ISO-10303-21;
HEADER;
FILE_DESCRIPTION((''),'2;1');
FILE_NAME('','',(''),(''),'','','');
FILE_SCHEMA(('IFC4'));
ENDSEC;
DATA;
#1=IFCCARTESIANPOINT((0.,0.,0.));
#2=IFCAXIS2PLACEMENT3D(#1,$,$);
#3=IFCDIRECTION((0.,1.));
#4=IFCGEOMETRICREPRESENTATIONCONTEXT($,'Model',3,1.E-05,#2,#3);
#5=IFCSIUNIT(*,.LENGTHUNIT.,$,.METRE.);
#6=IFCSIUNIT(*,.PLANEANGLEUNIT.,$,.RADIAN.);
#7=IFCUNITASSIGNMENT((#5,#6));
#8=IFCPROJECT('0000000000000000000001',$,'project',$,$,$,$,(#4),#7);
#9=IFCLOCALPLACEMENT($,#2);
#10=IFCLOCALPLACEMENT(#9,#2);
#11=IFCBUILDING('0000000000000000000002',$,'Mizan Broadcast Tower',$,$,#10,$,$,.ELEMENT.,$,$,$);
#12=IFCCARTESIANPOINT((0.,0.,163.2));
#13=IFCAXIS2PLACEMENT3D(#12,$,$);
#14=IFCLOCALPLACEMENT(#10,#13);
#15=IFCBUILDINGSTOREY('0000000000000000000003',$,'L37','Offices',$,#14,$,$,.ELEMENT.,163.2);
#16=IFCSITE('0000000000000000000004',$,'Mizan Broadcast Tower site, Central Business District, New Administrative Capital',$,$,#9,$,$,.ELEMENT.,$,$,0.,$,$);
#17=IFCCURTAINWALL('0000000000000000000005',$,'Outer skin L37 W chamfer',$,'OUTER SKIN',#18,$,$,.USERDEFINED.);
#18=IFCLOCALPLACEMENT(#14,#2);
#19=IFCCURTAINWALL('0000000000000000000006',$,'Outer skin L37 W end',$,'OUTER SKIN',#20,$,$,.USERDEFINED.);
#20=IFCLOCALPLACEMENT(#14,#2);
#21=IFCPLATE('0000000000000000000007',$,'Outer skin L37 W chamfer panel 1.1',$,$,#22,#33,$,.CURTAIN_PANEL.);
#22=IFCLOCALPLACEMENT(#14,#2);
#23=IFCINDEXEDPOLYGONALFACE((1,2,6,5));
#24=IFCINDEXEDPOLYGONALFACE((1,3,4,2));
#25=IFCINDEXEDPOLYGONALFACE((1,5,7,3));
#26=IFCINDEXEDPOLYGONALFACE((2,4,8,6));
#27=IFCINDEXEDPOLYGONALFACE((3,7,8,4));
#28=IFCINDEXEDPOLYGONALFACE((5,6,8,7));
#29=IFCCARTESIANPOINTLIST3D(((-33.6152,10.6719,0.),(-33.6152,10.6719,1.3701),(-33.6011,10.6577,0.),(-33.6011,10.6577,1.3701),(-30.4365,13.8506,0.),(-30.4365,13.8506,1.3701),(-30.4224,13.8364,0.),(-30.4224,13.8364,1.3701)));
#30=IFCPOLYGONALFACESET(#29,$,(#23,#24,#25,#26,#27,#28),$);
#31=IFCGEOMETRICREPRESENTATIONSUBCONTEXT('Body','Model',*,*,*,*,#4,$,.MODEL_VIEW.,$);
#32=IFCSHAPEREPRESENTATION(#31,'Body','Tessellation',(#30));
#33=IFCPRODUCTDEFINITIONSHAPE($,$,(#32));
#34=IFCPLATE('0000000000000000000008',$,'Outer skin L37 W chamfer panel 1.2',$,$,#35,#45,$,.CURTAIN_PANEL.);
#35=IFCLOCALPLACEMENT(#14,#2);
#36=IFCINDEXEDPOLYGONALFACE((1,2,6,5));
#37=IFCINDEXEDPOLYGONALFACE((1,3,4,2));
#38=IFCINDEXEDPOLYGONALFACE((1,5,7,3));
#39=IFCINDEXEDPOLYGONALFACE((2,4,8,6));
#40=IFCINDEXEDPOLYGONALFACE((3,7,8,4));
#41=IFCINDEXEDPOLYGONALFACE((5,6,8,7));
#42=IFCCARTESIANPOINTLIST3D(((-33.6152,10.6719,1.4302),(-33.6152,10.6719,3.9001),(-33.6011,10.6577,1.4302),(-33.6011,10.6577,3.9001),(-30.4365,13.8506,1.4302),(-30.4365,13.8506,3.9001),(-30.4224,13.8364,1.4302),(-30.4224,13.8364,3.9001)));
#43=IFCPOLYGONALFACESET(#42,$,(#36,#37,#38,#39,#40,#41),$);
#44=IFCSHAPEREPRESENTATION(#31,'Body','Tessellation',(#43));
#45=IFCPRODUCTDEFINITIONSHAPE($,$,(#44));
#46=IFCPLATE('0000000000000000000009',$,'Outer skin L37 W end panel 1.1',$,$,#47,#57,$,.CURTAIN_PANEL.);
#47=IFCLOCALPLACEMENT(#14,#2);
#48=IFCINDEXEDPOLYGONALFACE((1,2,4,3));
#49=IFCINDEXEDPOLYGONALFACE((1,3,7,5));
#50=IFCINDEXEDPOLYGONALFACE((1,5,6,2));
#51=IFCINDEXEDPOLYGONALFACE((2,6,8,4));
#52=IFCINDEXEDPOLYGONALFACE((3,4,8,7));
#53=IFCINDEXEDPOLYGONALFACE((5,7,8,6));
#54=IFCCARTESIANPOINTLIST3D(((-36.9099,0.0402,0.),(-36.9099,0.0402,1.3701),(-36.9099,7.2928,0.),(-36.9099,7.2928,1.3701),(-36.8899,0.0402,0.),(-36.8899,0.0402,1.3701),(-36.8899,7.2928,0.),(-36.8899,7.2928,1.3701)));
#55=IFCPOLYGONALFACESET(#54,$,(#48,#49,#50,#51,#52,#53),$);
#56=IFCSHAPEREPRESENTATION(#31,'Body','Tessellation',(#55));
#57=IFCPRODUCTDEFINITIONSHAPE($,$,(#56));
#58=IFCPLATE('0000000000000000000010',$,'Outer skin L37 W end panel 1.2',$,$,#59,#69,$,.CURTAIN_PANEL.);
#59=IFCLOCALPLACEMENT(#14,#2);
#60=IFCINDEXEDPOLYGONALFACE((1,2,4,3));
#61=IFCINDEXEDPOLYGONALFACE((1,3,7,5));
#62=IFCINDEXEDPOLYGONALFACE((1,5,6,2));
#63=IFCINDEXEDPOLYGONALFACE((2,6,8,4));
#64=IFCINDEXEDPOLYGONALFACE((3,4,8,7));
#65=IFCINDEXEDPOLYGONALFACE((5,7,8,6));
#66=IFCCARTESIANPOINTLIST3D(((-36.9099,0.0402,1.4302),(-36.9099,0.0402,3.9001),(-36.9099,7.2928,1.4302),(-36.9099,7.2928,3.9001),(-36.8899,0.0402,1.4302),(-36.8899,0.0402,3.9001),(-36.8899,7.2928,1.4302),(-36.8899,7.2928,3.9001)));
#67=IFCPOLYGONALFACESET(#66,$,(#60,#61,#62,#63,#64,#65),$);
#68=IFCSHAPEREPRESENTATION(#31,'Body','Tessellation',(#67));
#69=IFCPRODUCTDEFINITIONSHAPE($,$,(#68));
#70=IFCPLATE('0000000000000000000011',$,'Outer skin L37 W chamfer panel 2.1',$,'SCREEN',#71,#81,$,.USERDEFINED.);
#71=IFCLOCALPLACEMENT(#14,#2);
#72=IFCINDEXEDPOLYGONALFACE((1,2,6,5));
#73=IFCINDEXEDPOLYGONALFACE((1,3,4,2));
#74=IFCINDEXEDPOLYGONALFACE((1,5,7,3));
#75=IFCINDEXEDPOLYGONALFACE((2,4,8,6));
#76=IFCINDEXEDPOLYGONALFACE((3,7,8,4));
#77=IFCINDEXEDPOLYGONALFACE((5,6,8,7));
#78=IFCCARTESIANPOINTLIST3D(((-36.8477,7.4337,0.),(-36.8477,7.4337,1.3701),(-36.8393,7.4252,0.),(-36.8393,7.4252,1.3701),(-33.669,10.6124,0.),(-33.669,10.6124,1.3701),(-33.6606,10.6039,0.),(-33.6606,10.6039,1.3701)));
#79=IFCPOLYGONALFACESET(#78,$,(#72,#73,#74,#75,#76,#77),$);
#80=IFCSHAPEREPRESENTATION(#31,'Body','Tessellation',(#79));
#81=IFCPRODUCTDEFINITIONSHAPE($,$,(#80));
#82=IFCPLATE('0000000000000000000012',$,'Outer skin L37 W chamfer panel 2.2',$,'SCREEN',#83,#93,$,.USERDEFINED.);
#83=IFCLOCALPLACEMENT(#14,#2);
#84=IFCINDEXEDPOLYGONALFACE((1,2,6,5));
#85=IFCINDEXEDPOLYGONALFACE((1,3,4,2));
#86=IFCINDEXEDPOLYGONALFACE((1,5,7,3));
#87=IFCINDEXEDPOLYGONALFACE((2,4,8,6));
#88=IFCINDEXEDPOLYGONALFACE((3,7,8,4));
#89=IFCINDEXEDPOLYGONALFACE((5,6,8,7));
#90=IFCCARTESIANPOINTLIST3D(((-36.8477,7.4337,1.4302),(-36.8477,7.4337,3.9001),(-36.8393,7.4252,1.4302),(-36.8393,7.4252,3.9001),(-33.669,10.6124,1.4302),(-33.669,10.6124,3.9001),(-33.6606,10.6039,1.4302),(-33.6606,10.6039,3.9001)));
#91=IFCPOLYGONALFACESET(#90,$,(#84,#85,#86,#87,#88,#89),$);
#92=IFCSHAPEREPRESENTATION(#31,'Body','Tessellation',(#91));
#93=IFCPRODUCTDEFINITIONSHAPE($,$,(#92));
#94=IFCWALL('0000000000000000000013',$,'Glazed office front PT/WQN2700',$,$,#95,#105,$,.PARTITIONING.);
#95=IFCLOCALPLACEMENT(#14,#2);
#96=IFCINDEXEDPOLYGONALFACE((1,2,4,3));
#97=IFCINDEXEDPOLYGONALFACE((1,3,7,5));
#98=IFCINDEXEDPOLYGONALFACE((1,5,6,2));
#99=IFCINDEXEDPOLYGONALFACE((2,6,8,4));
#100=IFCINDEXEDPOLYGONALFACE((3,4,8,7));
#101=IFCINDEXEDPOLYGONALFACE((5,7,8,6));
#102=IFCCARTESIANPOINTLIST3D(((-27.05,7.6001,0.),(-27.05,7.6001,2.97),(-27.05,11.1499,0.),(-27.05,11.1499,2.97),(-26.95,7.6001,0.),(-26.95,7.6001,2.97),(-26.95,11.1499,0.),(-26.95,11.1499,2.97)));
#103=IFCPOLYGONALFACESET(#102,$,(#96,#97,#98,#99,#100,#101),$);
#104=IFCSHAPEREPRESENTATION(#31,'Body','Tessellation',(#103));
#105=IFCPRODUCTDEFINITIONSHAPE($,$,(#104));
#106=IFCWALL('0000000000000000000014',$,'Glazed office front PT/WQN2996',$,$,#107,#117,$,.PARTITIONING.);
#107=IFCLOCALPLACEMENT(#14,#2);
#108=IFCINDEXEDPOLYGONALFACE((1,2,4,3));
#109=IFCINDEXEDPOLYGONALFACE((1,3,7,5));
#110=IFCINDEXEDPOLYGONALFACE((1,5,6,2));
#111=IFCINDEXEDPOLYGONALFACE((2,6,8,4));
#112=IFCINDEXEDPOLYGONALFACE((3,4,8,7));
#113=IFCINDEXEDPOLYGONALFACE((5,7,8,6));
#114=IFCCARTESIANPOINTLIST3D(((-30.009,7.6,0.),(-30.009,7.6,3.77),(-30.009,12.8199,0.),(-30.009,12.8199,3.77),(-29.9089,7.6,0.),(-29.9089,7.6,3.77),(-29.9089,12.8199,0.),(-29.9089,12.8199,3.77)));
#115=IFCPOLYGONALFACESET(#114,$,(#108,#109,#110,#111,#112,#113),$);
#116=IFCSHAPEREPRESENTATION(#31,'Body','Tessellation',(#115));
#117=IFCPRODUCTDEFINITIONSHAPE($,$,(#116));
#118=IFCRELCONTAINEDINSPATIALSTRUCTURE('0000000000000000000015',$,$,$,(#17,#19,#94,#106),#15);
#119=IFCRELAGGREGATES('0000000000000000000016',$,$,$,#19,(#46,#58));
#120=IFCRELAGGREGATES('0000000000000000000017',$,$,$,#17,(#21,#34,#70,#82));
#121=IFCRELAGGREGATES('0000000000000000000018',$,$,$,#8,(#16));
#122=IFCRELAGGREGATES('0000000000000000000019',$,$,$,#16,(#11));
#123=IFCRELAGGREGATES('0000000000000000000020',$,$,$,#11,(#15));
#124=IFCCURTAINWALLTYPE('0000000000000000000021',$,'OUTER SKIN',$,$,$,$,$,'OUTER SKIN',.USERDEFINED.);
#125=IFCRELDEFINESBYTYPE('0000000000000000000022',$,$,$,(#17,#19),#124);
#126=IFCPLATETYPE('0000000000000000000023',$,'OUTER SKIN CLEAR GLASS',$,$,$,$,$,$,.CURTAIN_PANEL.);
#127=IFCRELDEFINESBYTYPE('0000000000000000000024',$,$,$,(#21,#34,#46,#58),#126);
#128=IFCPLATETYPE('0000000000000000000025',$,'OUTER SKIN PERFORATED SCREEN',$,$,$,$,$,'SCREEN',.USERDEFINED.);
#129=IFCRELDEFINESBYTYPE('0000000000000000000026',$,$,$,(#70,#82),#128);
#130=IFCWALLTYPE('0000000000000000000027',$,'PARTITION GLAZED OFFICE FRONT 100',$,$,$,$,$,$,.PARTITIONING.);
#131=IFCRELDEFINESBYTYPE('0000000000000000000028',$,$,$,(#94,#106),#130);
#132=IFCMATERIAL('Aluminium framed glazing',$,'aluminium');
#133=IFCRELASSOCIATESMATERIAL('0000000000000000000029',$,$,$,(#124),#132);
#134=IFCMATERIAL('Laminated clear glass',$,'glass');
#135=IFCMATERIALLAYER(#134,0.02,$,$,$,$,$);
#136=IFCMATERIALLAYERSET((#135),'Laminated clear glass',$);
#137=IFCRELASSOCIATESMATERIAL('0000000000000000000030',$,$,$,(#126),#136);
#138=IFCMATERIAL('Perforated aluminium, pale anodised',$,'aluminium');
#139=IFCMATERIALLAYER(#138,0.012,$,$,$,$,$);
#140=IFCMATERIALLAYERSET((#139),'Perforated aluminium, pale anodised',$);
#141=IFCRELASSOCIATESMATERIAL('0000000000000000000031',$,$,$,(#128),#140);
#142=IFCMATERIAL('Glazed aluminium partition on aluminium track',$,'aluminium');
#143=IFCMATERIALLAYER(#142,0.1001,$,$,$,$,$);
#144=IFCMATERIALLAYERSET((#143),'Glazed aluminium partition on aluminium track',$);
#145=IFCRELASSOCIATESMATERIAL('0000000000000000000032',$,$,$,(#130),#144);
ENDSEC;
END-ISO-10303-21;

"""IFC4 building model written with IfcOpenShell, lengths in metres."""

from ifc_helpers import new_model, si_unit, direction, frame, frame_2d, origin, origin_2d, place, context, subcontext, project, spatial, rectangle, extrude, material, layer, layer_set, type_object, element, aggregate, save


model = new_model("IFC4")

# Units and contexts
model_context = context("Model", 3, precision=1e-05, world=origin(), true_north=direction((0.0, 1.0)))
body_context = subcontext(model_context, "Body", "Model", "MODEL_VIEW")
ifc_project = project(units=[si_unit("LENGTHUNIT", "METRE"), si_unit("PLANEANGLEUNIT", "RADIAN")], contexts=[model_context])

# Site, building, storey
site_placement = place(None, origin())
site = spatial("IfcSite", under=ifc_project, at=site_placement, Name="Mizan Broadcast Tower site, Central Business District, New Administrative Capital", CompositionType="ELEMENT", RefElevation=0.0)
building_placement = place(site_placement, origin())
building = spatial("IfcBuilding", under=site, at=building_placement, Name="Mizan Broadcast Tower", CompositionType="ELEMENT")
storey_placement = place(building_placement, frame((0.0, 0.0, 163.2)))
storey = spatial("IfcBuildingStorey", under=building, at=storey_placement, Name="L37", Description="Offices", CompositionType="ELEMENT", Elevation=163.2)

# Shared definitions
ifc_material_1 = material(Name="Aluminium framed glazing", Category="aluminium")
curtain_wall_type_1 = type_object("IfcCurtainWallType", Name="OUTER SKIN", ElementType="OUTER SKIN", PredefinedType="USERDEFINED", material=ifc_material_1)

# Curtain wall
curtain_wall_1_placement = place(storey_placement, origin())
curtain_wall_1 = element("IfcCurtainWall", 1, at=curtain_wall_1_placement, inside=storey, type_object=curtain_wall_type_1, Name="Outer skin L37 W chamfer", ObjectType="OUTER SKIN", PredefinedType="USERDEFINED")

# Curtain wall
curtain_wall_2_placement = place(storey_placement, origin())
curtain_wall_2 = element("IfcCurtainWall", 2, at=curtain_wall_2_placement, inside=storey, type_object=curtain_wall_type_1, Name="Outer skin L37 W end", ObjectType="OUTER SKIN", PredefinedType="USERDEFINED")

# Plates
ifc_material_2 = material(Name="Laminated clear glass", Category="glass")
ifc_layer_1 = layer(ifc_material_2, 0.02)
ifc_layer_set_1 = layer_set([ifc_layer_1], Name="Laminated clear glass")
plate_type_1 = type_object("IfcPlateType", Name="OUTER SKIN CLEAR GLASS", PredefinedType="CURTAIN_PANEL", material=ifc_layer_set_1)
plate_1_placement = place(storey_placement, frame((-32.0188, 12.2542, 0.0), z_axis=(0.0, 0.0, 1.0), x_axis=(-0.707107, -0.707107, 0.0)))
plate_1 = element("IfcPlate", 3, at=plate_1_placement, type_object=plate_type_1, Name="Outer skin L37 W chamfer panel 1.1", PredefinedType="CURTAIN_PANEL", context=body_context, shape_type="SweptSolid", body=[
    extrude(rectangle(XDim=4.4954, YDim=0.02, at=origin_2d()), origin(), (0.0, 0.0, 1.0), 1.3701),
])
plate_2_placement = place(storey_placement, frame((-32.0188, 12.2542, 1.4302), z_axis=(0.0, 0.0, 1.0), x_axis=(-0.707107, -0.707107, 0.0)))
plate_2 = element("IfcPlate", 4, at=plate_2_placement, type_object=plate_type_1, Name="Outer skin L37 W chamfer panel 1.2", PredefinedType="CURTAIN_PANEL", context=body_context, shape_type="SweptSolid", body=[
    extrude(rectangle(XDim=4.4954, YDim=0.02, at=origin_2d()), origin(), (0.0, 0.0, 1.0), 2.47),
])
plate_3_placement = place(storey_placement, frame((-36.8999, 3.6665, 0.0), z_axis=(0.0, 0.0, 1.0), x_axis=(0.0, -1.0, 0.0)))
plate_3 = element("IfcPlate", 5, at=plate_3_placement, type_object=plate_type_1, Name="Outer skin L37 W end panel 1.1", PredefinedType="CURTAIN_PANEL", context=body_context, shape_type="SweptSolid", body=[
    extrude(rectangle(XDim=7.2527, YDim=0.02, at=origin_2d()), origin(), (0.0, 0.0, 1.0), 1.3701),
])
plate_4_placement = place(storey_placement, frame((-36.8999, 3.6665, 1.4302), z_axis=(0.0, 0.0, 1.0), x_axis=(0.0, -1.0, 0.0)))
plate_4 = element("IfcPlate", 6, at=plate_4_placement, type_object=plate_type_1, Name="Outer skin L37 W end panel 1.2", PredefinedType="CURTAIN_PANEL", context=body_context, shape_type="SweptSolid", body=[
    extrude(rectangle(XDim=7.2527, YDim=0.02, at=origin_2d()), origin(), (0.0, 0.0, 1.0), 2.47),
])
aggregate(curtain_wall_2, [plate_3, plate_4])
ifc_material_3 = material(Name="Perforated aluminium, pale anodised", Category="aluminium")
ifc_layer_2 = layer(ifc_material_3, 0.012)
ifc_layer_set_2 = layer_set([ifc_layer_2], Name="Perforated aluminium, pale anodised")
plate_type_2 = type_object("IfcPlateType", Name="OUTER SKIN PERFORATED SCREEN", ElementType="SCREEN", PredefinedType="USERDEFINED", material=ifc_layer_set_2)
plate_5_placement = place(storey_placement, frame((-35.2542, 9.0188, 0.0), z_axis=(0.0, 0.0, 1.0), x_axis=(-0.707107, -0.707107, 0.0)))
plate_5 = element("IfcPlate", 7, at=plate_5_placement, type_object=plate_type_2, Name="Outer skin L37 W chamfer panel 2.1", ObjectType="SCREEN", PredefinedType="USERDEFINED", context=body_context, shape_type="SweptSolid", body=[
    extrude(rectangle(XDim=4.4954, YDim=0.012, at=origin_2d()), origin(), (0.0, 0.0, 1.0), 1.3701),
])
plate_6_placement = place(storey_placement, frame((-35.2542, 9.0188, 1.4302), z_axis=(0.0, 0.0, 1.0), x_axis=(-0.707107, -0.707107, 0.0)))
plate_6 = element("IfcPlate", 8, at=plate_6_placement, type_object=plate_type_2, Name="Outer skin L37 W chamfer panel 2.2", ObjectType="SCREEN", PredefinedType="USERDEFINED", context=body_context, shape_type="SweptSolid", body=[
    extrude(rectangle(XDim=4.4954, YDim=0.012, at=origin_2d()), origin(), (0.0, 0.0, 1.0), 2.47),
])
aggregate(curtain_wall_1, [plate_1, plate_2, plate_5, plate_6])

# Walls
ifc_material_4 = material(Name="Glazed aluminium partition on aluminium track", Category="aluminium")
ifc_layer_3 = layer(ifc_material_4, 0.1001)
ifc_layer_set_3 = layer_set([ifc_layer_3], Name="Glazed aluminium partition on aluminium track")
wall_type = type_object("IfcWallType", Name="PARTITION GLAZED OFFICE FRONT 100", PredefinedType="PARTITIONING", material=ifc_layer_set_3)
wall_1_placement = place(storey_placement, frame((-27.0, 7.6001, 0.0), z_axis=(0.0, 0.0, 1.0), x_axis=(0.0, 1.0, 0.0)))
element("IfcWall", 9, at=wall_1_placement, inside=storey, type_object=wall_type, Name="Glazed office front PT/WQN2700", PredefinedType="PARTITIONING", context=body_context, shape_type="SweptSolid", body=[
    extrude(rectangle(XDim=3.5498, YDim=0.1001, at=frame_2d((1.7749, 0.0))), origin(), (0.0, 0.0, 1.0), 2.97),
])
wall_2_placement = place(storey_placement, frame((-29.959, 7.6001, 0.0), z_axis=(0.0, 0.0, 1.0), x_axis=(0.0, 1.0, 0.0)))
element("IfcWall", 10, at=wall_2_placement, inside=storey, type_object=wall_type, Name="Glazed office front PT/WQN2996", PredefinedType="PARTITIONING", context=body_context, shape_type="SweptSolid", body=[
    extrude(rectangle(XDim=5.22, YDim=0.1001, at=frame_2d((2.6099, 0.0))), origin(), (0.0, 0.0, 1.0), 3.77),
])

save(model, "model.ifc")
